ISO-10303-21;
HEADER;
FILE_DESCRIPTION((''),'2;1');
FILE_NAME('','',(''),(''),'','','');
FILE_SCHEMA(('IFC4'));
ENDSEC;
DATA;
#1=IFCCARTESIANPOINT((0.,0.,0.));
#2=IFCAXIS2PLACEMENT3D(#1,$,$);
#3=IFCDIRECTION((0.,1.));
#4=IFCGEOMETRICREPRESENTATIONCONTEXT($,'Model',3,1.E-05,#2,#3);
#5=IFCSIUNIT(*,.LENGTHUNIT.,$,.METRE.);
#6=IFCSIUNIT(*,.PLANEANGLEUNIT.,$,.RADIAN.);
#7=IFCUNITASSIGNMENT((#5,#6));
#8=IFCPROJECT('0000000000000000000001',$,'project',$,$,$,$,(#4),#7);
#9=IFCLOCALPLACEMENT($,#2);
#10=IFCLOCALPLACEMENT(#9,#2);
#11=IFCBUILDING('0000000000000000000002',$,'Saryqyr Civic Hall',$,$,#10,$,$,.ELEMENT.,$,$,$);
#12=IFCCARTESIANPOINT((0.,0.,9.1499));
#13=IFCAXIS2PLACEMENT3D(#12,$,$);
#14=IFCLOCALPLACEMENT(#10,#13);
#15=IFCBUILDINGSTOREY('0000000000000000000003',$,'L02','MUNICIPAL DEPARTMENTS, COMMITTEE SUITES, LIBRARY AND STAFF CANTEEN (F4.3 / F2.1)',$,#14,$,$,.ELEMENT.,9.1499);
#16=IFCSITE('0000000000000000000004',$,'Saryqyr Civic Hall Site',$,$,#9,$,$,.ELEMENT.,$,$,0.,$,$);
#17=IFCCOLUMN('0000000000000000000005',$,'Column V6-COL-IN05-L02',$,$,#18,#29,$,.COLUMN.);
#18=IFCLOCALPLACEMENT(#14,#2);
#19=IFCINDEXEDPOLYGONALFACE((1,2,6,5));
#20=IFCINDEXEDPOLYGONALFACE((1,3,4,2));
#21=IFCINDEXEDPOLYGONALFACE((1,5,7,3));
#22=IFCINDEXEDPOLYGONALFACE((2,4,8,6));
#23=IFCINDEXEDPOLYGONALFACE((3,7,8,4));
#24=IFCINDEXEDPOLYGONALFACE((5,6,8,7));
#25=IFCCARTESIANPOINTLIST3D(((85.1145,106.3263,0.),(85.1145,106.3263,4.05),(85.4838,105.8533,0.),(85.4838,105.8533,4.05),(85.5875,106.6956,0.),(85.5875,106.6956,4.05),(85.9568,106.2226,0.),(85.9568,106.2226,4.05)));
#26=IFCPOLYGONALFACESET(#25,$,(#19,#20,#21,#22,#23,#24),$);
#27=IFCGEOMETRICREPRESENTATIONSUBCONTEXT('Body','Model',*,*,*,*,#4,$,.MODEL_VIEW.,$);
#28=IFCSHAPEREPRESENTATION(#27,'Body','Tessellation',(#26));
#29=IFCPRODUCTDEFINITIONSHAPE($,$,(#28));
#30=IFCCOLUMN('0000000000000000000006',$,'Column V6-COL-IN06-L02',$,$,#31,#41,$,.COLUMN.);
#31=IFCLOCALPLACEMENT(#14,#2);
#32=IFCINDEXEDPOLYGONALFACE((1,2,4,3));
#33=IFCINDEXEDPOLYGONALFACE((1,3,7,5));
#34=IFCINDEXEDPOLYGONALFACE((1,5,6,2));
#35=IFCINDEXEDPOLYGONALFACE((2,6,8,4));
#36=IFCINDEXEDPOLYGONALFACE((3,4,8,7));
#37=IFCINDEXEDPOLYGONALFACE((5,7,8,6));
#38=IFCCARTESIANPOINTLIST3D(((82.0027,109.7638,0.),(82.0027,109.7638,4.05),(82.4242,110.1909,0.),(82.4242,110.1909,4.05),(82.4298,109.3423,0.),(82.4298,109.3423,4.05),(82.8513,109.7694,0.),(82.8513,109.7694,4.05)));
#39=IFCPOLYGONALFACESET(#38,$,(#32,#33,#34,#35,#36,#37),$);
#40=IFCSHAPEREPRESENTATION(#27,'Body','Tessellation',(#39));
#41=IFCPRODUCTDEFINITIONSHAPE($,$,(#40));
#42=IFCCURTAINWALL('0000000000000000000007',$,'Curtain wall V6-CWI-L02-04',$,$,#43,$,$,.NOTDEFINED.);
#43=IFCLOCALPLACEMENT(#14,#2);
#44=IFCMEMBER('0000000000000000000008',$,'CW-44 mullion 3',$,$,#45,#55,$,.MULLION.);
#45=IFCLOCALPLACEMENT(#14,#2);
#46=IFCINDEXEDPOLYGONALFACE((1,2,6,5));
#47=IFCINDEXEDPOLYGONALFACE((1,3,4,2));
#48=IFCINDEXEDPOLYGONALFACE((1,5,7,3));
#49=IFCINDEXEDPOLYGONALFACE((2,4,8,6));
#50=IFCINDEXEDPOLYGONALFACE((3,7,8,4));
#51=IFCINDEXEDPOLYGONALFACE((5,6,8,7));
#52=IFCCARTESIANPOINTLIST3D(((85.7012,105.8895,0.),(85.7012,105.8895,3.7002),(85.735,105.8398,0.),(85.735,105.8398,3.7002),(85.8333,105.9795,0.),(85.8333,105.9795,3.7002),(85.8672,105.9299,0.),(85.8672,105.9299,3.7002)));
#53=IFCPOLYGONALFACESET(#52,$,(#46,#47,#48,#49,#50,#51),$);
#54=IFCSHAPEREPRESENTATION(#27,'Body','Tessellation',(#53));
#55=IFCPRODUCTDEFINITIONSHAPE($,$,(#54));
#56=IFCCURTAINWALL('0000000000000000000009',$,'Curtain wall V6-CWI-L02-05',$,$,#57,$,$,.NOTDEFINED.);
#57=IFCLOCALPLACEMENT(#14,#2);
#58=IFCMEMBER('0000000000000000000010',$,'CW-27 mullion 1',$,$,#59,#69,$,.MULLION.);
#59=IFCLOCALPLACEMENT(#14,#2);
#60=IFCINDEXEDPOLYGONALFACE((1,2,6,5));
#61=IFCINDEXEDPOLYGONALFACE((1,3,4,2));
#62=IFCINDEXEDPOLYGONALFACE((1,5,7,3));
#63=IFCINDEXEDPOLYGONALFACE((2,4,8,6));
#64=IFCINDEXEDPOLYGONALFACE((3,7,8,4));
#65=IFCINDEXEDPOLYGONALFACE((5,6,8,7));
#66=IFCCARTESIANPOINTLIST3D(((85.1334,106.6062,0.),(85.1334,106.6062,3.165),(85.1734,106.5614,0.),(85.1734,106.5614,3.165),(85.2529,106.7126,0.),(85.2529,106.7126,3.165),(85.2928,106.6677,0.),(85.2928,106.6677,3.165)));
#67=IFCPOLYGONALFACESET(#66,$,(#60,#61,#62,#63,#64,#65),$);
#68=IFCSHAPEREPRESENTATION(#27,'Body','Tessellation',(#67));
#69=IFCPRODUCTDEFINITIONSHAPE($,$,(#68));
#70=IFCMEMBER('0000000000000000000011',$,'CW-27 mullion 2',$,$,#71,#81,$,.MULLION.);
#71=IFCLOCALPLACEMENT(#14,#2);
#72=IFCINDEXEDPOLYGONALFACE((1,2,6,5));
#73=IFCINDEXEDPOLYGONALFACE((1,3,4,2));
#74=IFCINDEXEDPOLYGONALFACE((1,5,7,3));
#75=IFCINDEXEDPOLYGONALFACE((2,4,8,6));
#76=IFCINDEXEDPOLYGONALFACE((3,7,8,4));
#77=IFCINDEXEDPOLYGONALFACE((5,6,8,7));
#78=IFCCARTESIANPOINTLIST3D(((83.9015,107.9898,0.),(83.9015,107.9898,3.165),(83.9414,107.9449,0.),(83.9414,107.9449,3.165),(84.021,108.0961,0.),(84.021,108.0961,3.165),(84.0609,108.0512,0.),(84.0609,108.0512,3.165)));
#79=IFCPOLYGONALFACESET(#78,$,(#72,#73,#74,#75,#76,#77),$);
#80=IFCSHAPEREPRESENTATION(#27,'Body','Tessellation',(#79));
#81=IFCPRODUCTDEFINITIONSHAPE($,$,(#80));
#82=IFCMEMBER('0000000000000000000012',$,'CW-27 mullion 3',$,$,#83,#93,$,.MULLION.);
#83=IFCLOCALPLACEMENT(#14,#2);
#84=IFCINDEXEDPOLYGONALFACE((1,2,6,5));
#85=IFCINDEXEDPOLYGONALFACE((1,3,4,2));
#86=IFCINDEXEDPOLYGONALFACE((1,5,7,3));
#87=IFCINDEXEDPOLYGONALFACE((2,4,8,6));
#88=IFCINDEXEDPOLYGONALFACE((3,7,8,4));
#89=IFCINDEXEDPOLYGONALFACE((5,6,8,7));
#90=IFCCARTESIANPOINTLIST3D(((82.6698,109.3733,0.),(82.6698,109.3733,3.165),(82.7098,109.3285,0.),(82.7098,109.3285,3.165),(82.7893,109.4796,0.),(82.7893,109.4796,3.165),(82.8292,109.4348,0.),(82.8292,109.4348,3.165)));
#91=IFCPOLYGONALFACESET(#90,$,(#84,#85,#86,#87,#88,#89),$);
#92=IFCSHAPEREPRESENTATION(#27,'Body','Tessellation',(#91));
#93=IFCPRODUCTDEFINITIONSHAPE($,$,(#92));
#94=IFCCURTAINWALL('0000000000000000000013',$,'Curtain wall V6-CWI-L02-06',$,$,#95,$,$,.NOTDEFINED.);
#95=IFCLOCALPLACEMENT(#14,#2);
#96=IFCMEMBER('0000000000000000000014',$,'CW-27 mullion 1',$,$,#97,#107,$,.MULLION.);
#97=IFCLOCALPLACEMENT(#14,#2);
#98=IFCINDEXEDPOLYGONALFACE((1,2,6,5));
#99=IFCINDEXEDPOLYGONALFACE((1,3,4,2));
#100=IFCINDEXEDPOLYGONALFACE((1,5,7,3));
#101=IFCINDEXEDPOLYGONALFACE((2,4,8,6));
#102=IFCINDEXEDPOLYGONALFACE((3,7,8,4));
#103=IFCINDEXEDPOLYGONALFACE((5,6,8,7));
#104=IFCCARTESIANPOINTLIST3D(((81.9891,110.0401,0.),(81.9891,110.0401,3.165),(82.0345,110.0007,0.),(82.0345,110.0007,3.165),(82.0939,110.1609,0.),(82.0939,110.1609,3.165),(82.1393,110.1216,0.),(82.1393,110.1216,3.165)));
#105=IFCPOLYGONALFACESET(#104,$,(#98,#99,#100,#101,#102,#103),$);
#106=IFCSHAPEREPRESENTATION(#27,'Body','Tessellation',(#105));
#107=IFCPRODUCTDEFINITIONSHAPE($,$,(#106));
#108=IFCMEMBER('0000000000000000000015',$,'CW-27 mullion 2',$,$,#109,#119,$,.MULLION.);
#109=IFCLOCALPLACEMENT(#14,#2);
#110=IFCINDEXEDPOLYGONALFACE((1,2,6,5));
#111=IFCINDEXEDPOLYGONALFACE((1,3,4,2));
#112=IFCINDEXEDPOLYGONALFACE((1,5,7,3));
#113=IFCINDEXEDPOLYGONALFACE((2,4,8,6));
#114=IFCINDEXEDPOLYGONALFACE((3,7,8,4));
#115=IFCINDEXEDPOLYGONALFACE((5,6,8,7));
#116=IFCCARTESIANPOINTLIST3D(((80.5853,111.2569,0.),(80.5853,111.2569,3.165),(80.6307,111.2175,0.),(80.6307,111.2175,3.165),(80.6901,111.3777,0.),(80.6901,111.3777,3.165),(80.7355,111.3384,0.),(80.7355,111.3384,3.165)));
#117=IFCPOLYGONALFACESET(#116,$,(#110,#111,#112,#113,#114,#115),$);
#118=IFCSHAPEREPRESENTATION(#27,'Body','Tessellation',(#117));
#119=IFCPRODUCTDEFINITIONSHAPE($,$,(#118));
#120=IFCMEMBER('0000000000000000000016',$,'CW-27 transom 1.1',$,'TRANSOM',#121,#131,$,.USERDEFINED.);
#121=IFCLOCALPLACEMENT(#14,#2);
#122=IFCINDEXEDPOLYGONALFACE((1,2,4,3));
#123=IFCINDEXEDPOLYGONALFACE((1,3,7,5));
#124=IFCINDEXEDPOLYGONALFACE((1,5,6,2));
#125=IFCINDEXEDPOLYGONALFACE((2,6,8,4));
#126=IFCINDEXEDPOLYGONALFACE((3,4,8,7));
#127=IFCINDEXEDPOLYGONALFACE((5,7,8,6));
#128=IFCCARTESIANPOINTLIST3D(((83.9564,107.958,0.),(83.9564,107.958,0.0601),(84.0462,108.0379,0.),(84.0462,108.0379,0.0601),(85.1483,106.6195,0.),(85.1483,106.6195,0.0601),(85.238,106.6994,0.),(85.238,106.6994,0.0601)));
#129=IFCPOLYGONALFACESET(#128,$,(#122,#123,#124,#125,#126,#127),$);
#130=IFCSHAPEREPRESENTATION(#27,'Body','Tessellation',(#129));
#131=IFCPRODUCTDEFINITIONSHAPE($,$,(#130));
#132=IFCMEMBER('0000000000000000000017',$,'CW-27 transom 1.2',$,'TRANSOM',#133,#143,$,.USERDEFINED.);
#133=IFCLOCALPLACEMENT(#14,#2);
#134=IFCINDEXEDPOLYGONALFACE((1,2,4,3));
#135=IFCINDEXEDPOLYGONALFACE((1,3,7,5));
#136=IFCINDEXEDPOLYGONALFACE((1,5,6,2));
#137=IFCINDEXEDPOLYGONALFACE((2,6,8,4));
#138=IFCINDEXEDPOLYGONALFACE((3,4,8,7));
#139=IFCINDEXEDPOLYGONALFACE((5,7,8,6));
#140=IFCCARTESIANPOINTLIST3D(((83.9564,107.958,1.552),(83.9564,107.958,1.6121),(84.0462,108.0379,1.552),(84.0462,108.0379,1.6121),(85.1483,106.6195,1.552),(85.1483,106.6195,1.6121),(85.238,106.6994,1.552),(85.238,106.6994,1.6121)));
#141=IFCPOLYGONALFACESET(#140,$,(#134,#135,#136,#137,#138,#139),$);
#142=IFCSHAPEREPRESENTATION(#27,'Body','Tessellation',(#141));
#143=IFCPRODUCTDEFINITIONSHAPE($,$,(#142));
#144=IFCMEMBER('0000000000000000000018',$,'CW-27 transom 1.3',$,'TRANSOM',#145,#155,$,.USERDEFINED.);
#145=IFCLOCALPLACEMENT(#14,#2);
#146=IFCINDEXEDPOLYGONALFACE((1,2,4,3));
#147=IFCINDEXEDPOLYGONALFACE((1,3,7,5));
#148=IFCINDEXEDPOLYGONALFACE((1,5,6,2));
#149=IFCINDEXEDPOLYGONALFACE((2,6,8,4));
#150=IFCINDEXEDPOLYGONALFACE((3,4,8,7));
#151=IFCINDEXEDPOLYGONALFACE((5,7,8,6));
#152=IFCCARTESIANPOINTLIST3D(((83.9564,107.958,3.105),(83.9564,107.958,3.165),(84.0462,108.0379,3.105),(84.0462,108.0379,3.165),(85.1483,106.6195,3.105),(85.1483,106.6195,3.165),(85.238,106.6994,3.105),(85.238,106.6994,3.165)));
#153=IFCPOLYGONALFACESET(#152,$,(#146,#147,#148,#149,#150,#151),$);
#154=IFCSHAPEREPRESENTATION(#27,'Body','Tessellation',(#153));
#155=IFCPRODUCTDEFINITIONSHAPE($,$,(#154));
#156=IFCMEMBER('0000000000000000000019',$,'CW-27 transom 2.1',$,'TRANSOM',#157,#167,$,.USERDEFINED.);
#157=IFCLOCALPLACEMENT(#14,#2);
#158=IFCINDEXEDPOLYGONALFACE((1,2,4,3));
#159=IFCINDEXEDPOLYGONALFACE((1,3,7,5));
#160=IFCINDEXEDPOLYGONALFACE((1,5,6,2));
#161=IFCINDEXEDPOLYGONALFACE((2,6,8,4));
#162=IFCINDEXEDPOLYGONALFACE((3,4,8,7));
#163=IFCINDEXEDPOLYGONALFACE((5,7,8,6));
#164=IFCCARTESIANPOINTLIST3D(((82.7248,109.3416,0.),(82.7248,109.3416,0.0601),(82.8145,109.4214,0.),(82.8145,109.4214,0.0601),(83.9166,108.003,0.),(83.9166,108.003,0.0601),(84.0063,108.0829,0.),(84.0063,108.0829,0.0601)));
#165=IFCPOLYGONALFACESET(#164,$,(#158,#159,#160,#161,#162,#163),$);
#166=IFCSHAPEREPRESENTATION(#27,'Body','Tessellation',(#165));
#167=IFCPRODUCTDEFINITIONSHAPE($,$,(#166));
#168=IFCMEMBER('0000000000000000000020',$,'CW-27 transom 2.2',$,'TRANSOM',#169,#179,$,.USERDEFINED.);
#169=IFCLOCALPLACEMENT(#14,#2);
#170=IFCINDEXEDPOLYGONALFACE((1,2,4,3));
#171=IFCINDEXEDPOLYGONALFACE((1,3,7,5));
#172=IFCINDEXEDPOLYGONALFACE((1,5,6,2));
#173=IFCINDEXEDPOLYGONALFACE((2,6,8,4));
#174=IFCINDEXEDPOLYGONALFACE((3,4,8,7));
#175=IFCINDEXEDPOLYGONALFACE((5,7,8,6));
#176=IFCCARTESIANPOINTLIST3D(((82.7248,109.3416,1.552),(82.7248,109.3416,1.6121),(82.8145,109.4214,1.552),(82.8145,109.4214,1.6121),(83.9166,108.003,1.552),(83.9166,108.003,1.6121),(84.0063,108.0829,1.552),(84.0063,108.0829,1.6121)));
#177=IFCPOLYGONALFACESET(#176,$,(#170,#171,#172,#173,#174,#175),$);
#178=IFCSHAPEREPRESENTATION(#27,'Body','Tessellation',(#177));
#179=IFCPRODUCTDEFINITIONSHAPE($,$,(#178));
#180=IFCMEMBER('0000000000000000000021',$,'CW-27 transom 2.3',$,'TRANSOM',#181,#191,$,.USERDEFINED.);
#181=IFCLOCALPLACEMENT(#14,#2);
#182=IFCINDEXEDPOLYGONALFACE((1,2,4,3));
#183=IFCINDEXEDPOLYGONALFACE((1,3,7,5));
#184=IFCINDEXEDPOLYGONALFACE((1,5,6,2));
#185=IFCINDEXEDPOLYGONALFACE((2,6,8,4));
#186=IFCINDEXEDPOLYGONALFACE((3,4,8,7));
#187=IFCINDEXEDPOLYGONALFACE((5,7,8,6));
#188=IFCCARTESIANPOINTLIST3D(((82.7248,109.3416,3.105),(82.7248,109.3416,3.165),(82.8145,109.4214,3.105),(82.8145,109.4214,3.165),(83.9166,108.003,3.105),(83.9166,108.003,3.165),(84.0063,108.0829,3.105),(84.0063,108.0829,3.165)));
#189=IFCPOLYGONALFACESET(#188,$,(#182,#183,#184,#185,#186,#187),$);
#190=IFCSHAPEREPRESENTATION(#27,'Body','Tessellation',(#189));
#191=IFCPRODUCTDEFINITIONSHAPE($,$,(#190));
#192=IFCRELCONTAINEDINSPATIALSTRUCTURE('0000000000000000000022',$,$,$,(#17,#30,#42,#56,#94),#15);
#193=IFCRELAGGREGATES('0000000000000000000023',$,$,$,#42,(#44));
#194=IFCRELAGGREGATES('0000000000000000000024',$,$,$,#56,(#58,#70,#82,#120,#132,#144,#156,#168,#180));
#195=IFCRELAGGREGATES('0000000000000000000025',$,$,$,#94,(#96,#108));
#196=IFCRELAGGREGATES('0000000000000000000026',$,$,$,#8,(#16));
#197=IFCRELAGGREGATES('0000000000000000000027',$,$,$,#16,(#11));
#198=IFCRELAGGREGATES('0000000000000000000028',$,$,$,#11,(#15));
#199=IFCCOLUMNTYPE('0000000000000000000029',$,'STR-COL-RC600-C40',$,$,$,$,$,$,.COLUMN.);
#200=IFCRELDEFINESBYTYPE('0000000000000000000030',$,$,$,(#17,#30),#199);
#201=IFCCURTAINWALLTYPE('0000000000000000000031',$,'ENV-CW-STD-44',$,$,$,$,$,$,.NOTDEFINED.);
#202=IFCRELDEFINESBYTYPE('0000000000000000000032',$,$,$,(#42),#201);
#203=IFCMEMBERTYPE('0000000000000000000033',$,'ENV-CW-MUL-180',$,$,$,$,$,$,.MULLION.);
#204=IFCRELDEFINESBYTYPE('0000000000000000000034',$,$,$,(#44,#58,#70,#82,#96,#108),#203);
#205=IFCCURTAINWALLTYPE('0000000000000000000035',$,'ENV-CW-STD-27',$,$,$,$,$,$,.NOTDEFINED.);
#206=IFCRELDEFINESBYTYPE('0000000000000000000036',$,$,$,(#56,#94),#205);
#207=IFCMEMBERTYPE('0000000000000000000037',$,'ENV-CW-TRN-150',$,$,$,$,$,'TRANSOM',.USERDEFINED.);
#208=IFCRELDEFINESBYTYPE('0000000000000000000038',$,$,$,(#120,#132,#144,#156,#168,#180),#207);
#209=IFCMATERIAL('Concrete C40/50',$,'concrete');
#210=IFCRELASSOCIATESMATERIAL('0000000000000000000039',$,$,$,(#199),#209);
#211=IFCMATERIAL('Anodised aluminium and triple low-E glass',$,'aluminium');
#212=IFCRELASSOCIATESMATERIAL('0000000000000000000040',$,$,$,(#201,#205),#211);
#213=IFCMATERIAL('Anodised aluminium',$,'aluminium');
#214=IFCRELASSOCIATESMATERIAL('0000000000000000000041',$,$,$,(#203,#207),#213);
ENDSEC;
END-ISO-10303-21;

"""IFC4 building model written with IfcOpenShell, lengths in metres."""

from ifc_helpers import new_model, si_unit, direction, frame, origin, origin_2d, place, context, subcontext, project, spatial, rectangle, extrude, material, material_profile, profile_set, type_object, element, aggregate, save


model = new_model("IFC4")

# Units and contexts
model_context = context("Model", 3, precision=1e-05, world=origin(), true_north=direction((0.0, 1.0)))
body_context = subcontext(model_context, "Body", "Model", "MODEL_VIEW")
ifc_project = project(units=[si_unit("LENGTHUNIT", "METRE"), si_unit("PLANEANGLEUNIT", "RADIAN")], contexts=[model_context])

# Site, building, storey
site_placement = place(None, origin())
site = spatial("IfcSite", under=ifc_project, at=site_placement, Name="Saryqyr Civic Hall Site", CompositionType="ELEMENT", RefElevation=0.0)
building_placement = place(site_placement, origin())
building = spatial("IfcBuilding", under=site, at=building_placement, Name="Saryqyr Civic Hall", CompositionType="ELEMENT")
storey_placement = place(building_placement, frame((0.0, 0.0, 9.1499)))
storey = spatial("IfcBuildingStorey", under=building, at=storey_placement, Name="L02", Description="MUNICIPAL DEPARTMENTS, COMMITTEE SUITES, LIBRARY AND STAFF CANTEEN (F4.3 / F2.1)", CompositionType="ELEMENT", Elevation=9.1499)

# Columns
ifc_material_1 = material(Name="Concrete C40/50", Category="concrete")
ifc_material_profile_1 = material_profile(ifc_material_1, rectangle(XDim=0.6001, YDim=0.6001, at=origin_2d()), Name="RC 600x600")
ifc_profile_set_1 = profile_set([ifc_material_profile_1], Name="Concrete C40/50")
column_type = type_object("IfcColumnType", Name="STR-COL-RC600-C40", PredefinedType="COLUMN", material=ifc_profile_set_1)
for number, where, z_axis, x_axis, name in (
    (1, (85.5356, 106.2744, 0.0), (0.0, 0.0, 1.0), (0.788226, 0.615386, 0.0), "Column V6-COL-IN05-L02"),
    (2, (82.427, 109.7666, 0.0), (0.0, 0.0, 1.0), (0.702402, 0.711781, 0.0), "Column V6-COL-IN06-L02"),
):
    element("IfcColumn", number, at=place(storey_placement, frame(where, z_axis=z_axis, x_axis=x_axis)), inside=storey, type_object=column_type, Name=name, PredefinedType="COLUMN", context=body_context, shape_type="SweptSolid", body=[
        extrude(rectangle(XDim=0.6001, YDim=0.6001, at=origin_2d()), origin(), (0.0, 0.0, 1.0), 4.05),
    ])

# Curtain wall, member
ifc_material_2 = material(Name="Anodised aluminium and triple low-E glass", Category="aluminium")
curtain_wall_type_1 = type_object("IfcCurtainWallType", Name="ENV-CW-STD-44", PredefinedType="NOTDEFINED", material=ifc_material_2)
curtain_wall_1_placement = place(storey_placement, origin())
curtain_wall_1 = element("IfcCurtainWall", 3, at=curtain_wall_1_placement, inside=storey, type_object=curtain_wall_type_1, Name="Curtain wall V6-CWI-L02-04", PredefinedType="NOTDEFINED")
ifc_material_3 = material(Name="Anodised aluminium", Category="aluminium")
ifc_material_profile_2 = material_profile(ifc_material_3, rectangle(XDim=0.0601, YDim=0.1599, at=origin_2d()), Name="ALU MULLION 60x160")
ifc_profile_set_2 = profile_set([ifc_material_profile_2], Name="Anodised aluminium")
member_type_1 = type_object("IfcMemberType", Name="ENV-CW-MUL-180", PredefinedType="MULLION", material=ifc_profile_set_2)
member_1_placement = place(storey_placement, frame((85.7842, 105.9097, 0.0), z_axis=(0.0, 0.0, 1.0), x_axis=(-0.56313, 0.826368, 0.0)))
member_1 = element("IfcMember", 4, at=member_1_placement, type_object=member_type_1, Name="CW-44 mullion 3", PredefinedType="MULLION", context=body_context, shape_type="SweptSolid", body=[
    extrude(rectangle(XDim=0.0601, YDim=0.1599, at=origin_2d()), origin(), (0.0, 0.0, 1.0), 3.7002),
])

# Curtain walls, members
curtain_wall_type_2 = type_object("IfcCurtainWallType", Name="ENV-CW-STD-27", PredefinedType="NOTDEFINED", material=ifc_material_2)
curtain_wall_2_placement = place(storey_placement, origin())
curtain_wall_2 = element("IfcCurtainWall", 5, at=curtain_wall_2_placement, inside=storey, type_object=curtain_wall_type_2, Name="Curtain wall V6-CWI-L02-05", PredefinedType="NOTDEFINED")
member_2_placement = place(storey_placement, frame((85.2131, 106.637, 0.0), z_axis=(0.0, 0.0, 1.0), x_axis=(-0.664934, 0.746902, 0.0)))
member_2 = element("IfcMember", 6, at=member_2_placement, type_object=member_type_1, Name="CW-27 mullion 1", PredefinedType="MULLION", context=body_context, shape_type="SweptSolid", body=[
    extrude(rectangle(XDim=0.0601, YDim=0.1599, at=origin_2d()), origin(), (0.0, 0.0, 1.0), 3.165),
])
member_3_placement = place(storey_placement, frame((83.9812, 108.0205, 0.0), z_axis=(0.0, 0.0, 1.0), x_axis=(-0.664934, 0.746902, 0.0)))
member_3 = element("IfcMember", 7, at=member_3_placement, type_object=member_type_1, Name="CW-27 mullion 2", PredefinedType="MULLION", context=body_context, shape_type="SweptSolid", body=[
    extrude(rectangle(XDim=0.0601, YDim=0.1599, at=origin_2d()), origin(), (0.0, 0.0, 1.0), 3.165),
])
member_4_placement = place(storey_placement, frame((82.7495, 109.4041, 0.0), z_axis=(0.0, 0.0, 1.0), x_axis=(-0.664934, 0.746902, 0.0)))
member_4 = element("IfcMember", 8, at=member_4_placement, type_object=member_type_1, Name="CW-27 mullion 3", PredefinedType="MULLION", context=body_context, shape_type="SweptSolid", body=[
    extrude(rectangle(XDim=0.0601, YDim=0.1599, at=origin_2d()), origin(), (0.0, 0.0, 1.0), 3.165),
])
curtain_wall_3_placement = place(storey_placement, origin())
curtain_wall_3 = element("IfcCurtainWall", 9, at=curtain_wall_3_placement, inside=storey, type_object=curtain_wall_type_2, Name="Curtain wall V6-CWI-L02-06", PredefinedType="NOTDEFINED")
member_5_placement = place(storey_placement, frame((82.0642, 110.0808, 0.0), z_axis=(0.0, 0.0, 1.0), x_axis=(-0.755652, 0.654974, 0.0)))
member_5 = element("IfcMember", 10, at=member_5_placement, type_object=member_type_1, Name="CW-27 mullion 1", PredefinedType="MULLION", context=body_context, shape_type="SweptSolid", body=[
    extrude(rectangle(XDim=0.0601, YDim=0.1599, at=origin_2d()), origin(), (0.0, 0.0, 1.0), 3.165),
])
member_6_placement = place(storey_placement, frame((80.6604, 111.2976, 0.0), z_axis=(0.0, 0.0, 1.0), x_axis=(-0.755652, 0.654974, 0.0)))
member_6 = element("IfcMember", 11, at=member_6_placement, type_object=member_type_1, Name="CW-27 mullion 2", PredefinedType="MULLION", context=body_context, shape_type="SweptSolid", body=[
    extrude(rectangle(XDim=0.0601, YDim=0.1599, at=origin_2d()), origin(), (0.0, 0.0, 1.0), 3.165),
])

# Members
ifc_material_profile_3 = material_profile(ifc_material_3, rectangle(XDim=0.1201, YDim=0.0601, at=origin_2d()), Name="ALU TRANSOM 120x60")
ifc_profile_set_3 = profile_set([ifc_material_profile_3], Name="Anodised aluminium")
member_type_2 = type_object("IfcMemberType", Name="ENV-CW-TRN-150", ElementType="TRANSOM", PredefinedType="USERDEFINED", material=ifc_profile_set_3)
member_7_placement = place(storey_placement, frame((85.1931, 106.6594, 0.03), z_axis=(-0.664989, 0.746853, 0.0), x_axis=(-0.746853, -0.664989, 0.0)))
member_7 = element("IfcMember", 12, at=member_7_placement, type_object=member_type_2, Name="CW-27 transom 1.1", ObjectType="TRANSOM", PredefinedType="USERDEFINED", context=body_context, shape_type="SweptSolid", body=[
    extrude(rectangle(XDim=0.1201, YDim=0.0601, at=origin_2d()), origin(), (0.0, 0.0, 1.0), 1.7922),
])
member_8_placement = place(storey_placement, frame((85.1931, 106.6594, 1.582), z_axis=(-0.664989, 0.746853, 0.0), x_axis=(-0.746853, -0.664989, 0.0)))
member_8 = element("IfcMember", 13, at=member_8_placement, type_object=member_type_2, Name="CW-27 transom 1.2", ObjectType="TRANSOM", PredefinedType="USERDEFINED", context=body_context, shape_type="SweptSolid", body=[
    extrude(rectangle(XDim=0.1201, YDim=0.0601, at=origin_2d()), origin(), (0.0, 0.0, 1.0), 1.7922),
])
member_9_placement = place(storey_placement, frame((85.1931, 106.6594, 3.135), z_axis=(-0.664989, 0.746853, 0.0), x_axis=(-0.746853, -0.664989, 0.0)))
member_9 = element("IfcMember", 14, at=member_9_placement, type_object=member_type_2, Name="CW-27 transom 1.3", ObjectType="TRANSOM", PredefinedType="USERDEFINED", context=body_context, shape_type="SweptSolid", body=[
    extrude(rectangle(XDim=0.1201, YDim=0.0601, at=origin_2d()), origin(), (0.0, 0.0, 1.0), 1.7922),
])
member_10_placement = place(storey_placement, frame((83.9614, 108.043, 0.03), z_axis=(-0.664989, 0.746853, 0.0), x_axis=(-0.746853, -0.664989, 0.0)))
member_10 = element("IfcMember", 15, at=member_10_placement, type_object=member_type_2, Name="CW-27 transom 2.1", ObjectType="TRANSOM", PredefinedType="USERDEFINED", context=body_context, shape_type="SweptSolid", body=[
    extrude(rectangle(XDim=0.1201, YDim=0.0601, at=origin_2d()), origin(), (0.0, 0.0, 1.0), 1.7922),
])
member_11_placement = place(storey_placement, frame((83.9614, 108.043, 1.582), z_axis=(-0.664989, 0.746853, 0.0), x_axis=(-0.746853, -0.664989, 0.0)))
member_11 = element("IfcMember", 16, at=member_11_placement, type_object=member_type_2, Name="CW-27 transom 2.2", ObjectType="TRANSOM", PredefinedType="USERDEFINED", context=body_context, shape_type="SweptSolid", body=[
    extrude(rectangle(XDim=0.1201, YDim=0.0601, at=origin_2d()), origin(), (0.0, 0.0, 1.0), 1.7922),
])
member_12_placement = place(storey_placement, frame((83.9614, 108.043, 3.135), z_axis=(-0.664989, 0.746853, 0.0), x_axis=(-0.746853, -0.664989, 0.0)))
member_12 = element("IfcMember", 17, at=member_12_placement, type_object=member_type_2, Name="CW-27 transom 2.3", ObjectType="TRANSOM", PredefinedType="USERDEFINED", context=body_context, shape_type="SweptSolid", body=[
    extrude(rectangle(XDim=0.1201, YDim=0.0601, at=origin_2d()), origin(), (0.0, 0.0, 1.0), 1.7922),
])

aggregate(curtain_wall_1, [member_1])
aggregate(curtain_wall_2, [member_2, member_3, member_4, member_7, member_8, member_9, member_10, member_11, member_12])
aggregate(curtain_wall_3, [member_5, member_6])

save(model, "model.ifc")
